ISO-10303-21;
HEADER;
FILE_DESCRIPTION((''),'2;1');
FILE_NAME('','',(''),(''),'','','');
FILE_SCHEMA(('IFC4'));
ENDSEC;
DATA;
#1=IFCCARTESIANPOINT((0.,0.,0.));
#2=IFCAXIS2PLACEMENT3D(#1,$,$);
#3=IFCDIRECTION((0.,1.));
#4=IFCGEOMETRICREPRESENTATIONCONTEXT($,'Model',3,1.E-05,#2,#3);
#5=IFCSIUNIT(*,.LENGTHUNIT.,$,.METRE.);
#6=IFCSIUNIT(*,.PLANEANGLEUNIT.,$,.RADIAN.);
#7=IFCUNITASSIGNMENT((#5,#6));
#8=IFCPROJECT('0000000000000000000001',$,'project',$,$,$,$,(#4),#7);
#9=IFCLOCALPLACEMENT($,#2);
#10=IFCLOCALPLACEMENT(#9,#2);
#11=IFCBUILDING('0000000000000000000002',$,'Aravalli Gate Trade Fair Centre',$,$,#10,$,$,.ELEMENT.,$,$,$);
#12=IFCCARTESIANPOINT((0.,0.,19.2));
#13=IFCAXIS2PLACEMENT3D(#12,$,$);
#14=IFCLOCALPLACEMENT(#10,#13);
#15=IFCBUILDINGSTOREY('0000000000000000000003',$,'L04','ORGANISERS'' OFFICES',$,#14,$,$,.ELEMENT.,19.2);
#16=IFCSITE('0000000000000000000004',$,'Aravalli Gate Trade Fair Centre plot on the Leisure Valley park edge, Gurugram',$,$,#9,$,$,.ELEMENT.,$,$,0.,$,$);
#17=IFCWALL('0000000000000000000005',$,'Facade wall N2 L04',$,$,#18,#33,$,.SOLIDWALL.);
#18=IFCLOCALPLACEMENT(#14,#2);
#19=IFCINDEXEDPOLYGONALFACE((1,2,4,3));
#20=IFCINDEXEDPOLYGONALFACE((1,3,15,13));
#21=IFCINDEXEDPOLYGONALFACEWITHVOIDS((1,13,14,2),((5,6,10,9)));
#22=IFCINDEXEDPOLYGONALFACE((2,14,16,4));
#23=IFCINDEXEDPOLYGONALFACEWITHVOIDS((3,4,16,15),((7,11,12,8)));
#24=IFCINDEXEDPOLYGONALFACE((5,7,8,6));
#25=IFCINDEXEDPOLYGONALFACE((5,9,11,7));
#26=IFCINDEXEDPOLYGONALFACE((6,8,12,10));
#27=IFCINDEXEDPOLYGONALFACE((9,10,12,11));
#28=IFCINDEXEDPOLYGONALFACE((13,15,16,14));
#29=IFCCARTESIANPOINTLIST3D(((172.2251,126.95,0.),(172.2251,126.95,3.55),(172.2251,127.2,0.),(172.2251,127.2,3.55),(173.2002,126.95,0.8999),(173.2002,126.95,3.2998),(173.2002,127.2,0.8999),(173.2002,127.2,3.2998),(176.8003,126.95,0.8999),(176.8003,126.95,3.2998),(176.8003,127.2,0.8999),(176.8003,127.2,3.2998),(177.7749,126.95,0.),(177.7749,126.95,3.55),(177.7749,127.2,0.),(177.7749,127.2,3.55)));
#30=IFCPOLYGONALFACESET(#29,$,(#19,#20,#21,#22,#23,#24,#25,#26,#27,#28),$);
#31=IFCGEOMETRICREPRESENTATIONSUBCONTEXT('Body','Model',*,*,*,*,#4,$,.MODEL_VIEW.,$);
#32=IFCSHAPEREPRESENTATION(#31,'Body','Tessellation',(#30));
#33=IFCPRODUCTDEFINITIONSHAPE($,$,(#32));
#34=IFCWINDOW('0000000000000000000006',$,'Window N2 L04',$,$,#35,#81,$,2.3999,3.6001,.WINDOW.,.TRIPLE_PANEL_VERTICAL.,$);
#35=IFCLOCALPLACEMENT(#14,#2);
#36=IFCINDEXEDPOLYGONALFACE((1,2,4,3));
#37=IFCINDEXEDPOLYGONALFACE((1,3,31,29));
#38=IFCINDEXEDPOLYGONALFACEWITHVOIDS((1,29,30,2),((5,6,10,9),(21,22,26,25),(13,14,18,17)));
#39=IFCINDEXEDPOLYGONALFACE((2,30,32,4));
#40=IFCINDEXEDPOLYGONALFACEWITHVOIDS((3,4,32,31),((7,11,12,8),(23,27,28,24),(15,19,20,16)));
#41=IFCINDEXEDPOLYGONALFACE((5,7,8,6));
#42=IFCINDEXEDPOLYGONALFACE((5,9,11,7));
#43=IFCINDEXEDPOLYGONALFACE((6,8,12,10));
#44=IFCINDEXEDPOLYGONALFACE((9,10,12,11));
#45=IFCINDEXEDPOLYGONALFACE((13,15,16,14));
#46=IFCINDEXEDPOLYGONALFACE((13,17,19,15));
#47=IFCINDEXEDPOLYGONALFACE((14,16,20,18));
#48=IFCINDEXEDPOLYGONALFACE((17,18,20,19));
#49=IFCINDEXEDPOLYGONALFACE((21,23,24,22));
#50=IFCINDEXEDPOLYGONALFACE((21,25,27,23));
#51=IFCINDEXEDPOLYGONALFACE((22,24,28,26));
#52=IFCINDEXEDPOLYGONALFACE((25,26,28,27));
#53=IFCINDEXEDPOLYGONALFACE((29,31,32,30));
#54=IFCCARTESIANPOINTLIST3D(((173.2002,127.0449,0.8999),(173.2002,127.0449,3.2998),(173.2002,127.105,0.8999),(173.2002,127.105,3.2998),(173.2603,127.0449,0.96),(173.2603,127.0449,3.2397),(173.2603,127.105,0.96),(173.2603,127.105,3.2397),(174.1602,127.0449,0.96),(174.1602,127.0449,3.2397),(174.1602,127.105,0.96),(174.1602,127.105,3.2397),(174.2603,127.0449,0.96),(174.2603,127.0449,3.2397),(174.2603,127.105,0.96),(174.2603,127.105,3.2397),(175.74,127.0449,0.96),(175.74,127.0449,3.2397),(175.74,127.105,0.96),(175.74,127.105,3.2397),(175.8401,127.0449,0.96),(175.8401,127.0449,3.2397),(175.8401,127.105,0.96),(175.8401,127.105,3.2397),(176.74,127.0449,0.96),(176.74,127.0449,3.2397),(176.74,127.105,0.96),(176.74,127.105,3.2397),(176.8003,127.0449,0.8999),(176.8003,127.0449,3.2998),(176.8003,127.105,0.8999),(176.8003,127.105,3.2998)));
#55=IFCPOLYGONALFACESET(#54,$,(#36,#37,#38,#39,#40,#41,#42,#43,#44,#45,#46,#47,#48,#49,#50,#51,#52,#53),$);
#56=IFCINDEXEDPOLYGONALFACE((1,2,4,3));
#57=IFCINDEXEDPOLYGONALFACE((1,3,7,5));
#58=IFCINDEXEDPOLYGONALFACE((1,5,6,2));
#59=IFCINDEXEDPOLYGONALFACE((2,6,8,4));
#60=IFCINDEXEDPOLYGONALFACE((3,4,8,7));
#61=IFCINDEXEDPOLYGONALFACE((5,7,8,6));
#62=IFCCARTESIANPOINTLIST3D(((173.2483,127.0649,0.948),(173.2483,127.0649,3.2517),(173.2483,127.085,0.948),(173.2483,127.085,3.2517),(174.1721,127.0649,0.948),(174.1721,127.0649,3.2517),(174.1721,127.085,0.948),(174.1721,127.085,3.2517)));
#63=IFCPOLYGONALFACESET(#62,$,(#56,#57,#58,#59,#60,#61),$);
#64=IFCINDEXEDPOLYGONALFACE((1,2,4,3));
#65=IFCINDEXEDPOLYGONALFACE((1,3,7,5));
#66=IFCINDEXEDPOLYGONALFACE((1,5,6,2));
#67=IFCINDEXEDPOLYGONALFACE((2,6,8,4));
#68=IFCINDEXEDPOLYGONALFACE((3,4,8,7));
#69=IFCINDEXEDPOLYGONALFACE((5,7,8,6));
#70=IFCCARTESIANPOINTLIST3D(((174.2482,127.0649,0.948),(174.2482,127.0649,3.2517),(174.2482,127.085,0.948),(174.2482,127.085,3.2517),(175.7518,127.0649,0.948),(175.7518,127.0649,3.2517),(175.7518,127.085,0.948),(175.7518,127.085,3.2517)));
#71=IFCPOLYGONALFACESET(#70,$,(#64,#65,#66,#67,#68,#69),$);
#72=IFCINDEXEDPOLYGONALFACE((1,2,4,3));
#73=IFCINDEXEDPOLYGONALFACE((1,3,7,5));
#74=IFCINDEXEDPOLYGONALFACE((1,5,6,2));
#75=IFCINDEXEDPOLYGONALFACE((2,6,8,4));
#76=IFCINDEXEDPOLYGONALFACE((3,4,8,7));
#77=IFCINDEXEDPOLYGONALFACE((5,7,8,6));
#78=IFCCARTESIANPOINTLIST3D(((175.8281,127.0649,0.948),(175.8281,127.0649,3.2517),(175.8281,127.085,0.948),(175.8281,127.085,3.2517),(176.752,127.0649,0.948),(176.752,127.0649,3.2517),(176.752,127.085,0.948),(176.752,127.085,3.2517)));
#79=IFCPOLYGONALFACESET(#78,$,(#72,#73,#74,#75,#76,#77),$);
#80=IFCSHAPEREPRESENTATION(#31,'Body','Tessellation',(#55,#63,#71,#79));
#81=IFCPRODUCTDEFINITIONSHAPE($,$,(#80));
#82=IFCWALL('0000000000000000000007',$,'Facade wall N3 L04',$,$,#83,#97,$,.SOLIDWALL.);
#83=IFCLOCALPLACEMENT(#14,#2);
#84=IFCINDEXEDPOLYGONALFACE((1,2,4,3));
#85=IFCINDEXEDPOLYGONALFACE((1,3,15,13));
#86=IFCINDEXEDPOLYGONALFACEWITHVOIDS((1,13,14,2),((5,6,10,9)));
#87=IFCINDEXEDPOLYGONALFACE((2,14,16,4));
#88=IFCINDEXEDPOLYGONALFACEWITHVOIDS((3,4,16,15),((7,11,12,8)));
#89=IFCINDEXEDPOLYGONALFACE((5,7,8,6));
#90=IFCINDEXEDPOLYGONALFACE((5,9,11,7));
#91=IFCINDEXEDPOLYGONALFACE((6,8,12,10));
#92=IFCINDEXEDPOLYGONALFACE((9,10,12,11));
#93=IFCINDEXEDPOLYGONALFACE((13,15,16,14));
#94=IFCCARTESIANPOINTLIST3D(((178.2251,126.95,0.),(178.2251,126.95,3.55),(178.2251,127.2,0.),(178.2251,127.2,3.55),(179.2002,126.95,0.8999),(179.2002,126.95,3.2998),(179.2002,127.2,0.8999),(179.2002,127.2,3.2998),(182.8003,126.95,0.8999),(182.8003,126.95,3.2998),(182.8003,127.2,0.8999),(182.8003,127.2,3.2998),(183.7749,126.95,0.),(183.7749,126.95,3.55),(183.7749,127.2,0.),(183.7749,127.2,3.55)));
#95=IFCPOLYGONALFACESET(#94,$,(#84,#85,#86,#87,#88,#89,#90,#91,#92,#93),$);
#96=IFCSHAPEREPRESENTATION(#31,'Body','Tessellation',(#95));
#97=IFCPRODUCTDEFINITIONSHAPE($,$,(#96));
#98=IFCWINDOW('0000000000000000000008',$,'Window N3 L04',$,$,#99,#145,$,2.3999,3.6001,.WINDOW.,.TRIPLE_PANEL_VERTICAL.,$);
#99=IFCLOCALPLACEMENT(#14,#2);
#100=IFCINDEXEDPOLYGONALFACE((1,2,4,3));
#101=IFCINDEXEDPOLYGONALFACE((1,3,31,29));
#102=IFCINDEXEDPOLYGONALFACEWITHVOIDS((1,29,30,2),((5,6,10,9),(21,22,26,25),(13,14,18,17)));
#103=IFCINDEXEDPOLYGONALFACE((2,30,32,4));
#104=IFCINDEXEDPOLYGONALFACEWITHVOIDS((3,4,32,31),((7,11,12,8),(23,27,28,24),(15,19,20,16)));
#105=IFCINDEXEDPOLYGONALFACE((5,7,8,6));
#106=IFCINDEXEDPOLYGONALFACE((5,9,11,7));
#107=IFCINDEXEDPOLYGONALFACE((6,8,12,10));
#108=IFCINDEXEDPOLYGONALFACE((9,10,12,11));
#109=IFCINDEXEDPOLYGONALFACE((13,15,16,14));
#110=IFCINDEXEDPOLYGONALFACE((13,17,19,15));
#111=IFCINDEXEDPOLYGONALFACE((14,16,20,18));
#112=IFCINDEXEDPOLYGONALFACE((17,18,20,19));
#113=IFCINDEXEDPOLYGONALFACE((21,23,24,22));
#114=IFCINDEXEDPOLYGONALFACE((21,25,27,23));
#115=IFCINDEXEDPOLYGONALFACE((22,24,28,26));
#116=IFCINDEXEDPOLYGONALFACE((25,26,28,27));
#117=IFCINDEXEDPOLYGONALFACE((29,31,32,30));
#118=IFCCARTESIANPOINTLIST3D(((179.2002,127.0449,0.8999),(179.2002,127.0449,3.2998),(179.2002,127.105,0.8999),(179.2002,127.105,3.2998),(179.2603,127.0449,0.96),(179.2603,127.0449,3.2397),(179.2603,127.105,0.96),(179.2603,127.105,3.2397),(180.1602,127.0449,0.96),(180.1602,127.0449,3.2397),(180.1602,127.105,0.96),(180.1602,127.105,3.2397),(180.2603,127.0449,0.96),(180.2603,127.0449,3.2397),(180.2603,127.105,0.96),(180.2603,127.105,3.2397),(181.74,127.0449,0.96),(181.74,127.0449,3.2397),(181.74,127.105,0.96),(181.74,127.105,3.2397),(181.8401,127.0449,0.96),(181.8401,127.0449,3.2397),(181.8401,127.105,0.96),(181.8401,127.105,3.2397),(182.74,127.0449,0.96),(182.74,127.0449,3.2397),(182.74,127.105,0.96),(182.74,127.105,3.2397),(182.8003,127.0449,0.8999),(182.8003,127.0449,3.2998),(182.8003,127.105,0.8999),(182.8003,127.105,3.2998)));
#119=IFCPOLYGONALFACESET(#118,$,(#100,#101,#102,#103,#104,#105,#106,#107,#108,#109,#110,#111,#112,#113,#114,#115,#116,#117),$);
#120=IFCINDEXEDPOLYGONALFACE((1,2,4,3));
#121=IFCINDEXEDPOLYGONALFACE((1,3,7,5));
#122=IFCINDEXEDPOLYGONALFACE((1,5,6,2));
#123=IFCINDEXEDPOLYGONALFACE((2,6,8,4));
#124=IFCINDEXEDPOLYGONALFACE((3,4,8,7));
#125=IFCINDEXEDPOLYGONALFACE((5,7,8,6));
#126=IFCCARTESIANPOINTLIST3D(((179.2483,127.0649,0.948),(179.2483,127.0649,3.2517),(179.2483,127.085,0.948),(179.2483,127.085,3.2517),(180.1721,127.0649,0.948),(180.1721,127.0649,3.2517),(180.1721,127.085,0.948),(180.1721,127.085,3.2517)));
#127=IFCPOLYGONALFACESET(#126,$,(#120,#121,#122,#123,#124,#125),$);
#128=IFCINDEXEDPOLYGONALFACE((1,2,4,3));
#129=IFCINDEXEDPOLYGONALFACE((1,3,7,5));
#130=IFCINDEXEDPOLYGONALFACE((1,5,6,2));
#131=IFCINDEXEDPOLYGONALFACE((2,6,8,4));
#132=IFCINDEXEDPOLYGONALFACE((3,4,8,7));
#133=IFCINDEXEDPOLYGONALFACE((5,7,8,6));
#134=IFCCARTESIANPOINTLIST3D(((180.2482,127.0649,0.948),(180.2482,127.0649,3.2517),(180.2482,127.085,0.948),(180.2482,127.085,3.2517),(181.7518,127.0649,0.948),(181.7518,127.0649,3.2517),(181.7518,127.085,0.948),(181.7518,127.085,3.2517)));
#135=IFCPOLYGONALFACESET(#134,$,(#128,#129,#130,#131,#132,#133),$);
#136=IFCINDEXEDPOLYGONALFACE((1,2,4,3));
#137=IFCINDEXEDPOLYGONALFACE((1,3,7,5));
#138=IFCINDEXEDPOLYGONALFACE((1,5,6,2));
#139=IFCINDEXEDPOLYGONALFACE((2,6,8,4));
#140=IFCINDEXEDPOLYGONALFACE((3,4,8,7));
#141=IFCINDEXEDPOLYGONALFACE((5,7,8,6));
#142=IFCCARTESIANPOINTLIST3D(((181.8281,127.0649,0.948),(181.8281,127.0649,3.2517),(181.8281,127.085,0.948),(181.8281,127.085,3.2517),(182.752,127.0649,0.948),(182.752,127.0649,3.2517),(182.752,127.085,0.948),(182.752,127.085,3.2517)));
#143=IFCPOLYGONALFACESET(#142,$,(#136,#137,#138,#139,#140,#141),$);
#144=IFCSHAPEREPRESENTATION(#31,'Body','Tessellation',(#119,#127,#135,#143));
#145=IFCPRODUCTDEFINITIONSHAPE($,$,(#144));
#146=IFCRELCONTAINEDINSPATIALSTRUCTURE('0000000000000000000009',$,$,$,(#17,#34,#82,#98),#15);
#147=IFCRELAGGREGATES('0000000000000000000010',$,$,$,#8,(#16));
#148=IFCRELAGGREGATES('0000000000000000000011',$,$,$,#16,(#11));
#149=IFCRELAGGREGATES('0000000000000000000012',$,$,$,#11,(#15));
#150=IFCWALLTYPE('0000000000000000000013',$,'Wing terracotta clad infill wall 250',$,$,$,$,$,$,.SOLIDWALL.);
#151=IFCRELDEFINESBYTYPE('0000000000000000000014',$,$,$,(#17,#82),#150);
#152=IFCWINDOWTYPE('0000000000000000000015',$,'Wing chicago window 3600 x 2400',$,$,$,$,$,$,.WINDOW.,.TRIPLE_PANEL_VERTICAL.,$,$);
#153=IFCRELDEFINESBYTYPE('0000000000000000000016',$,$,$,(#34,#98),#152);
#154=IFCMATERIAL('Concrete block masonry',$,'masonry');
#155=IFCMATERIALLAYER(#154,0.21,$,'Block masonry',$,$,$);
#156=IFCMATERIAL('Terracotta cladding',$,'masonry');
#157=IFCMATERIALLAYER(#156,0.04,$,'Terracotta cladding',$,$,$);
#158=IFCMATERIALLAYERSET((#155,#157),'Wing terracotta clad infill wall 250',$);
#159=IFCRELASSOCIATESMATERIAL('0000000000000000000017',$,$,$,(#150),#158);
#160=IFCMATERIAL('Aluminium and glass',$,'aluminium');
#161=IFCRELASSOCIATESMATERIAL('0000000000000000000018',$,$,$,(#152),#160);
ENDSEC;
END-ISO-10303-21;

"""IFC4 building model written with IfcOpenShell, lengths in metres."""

from ifc_helpers import new_model, si_unit, direction, frame, frame_2d, origin, place, context, subcontext, project, spatial, polyline, rectangle, outline, extrude, material, layer, layer_set, type_object, element, fill, save


model = new_model("IFC4")

# Units and contexts
model_context = context("Model", 3, precision=1e-05, world=origin(), true_north=direction((0.0, 1.0)))
body_context = subcontext(model_context, "Body", "Model", "MODEL_VIEW")
ifc_project = project(units=[si_unit("LENGTHUNIT", "METRE"), si_unit("PLANEANGLEUNIT", "RADIAN")], contexts=[model_context])

# Site, building, storey
site_placement = place(None, origin())
site = spatial("IfcSite", under=ifc_project, at=site_placement, Name="Aravalli Gate Trade Fair Centre plot on the Leisure Valley park edge, Gurugram", CompositionType="ELEMENT", RefElevation=0.0)
building_placement = place(site_placement, origin())
building = spatial("IfcBuilding", under=site, at=building_placement, Name="Aravalli Gate Trade Fair Centre", CompositionType="ELEMENT")
storey_placement = place(building_placement, frame((0.0, 0.0, 19.2)))
storey = spatial("IfcBuildingStorey", under=building, at=storey_placement, Name="L04", Description="ORGANISERS' OFFICES", CompositionType="ELEMENT", Elevation=19.2)

# Shared definitions
ifc_material_1 = material(Name="Aluminium and glass", Category="aluminium")

# Walls, openings, windows
ifc_material_2 = material(Name="Concrete block masonry", Category="masonry")
ifc_layer_1 = layer(ifc_material_2, 0.21, Name="Block masonry")
ifc_material_3 = material(Name="Terracotta cladding", Category="masonry")
ifc_layer_2 = layer(ifc_material_3, 0.04, Name="Terracotta cladding")
ifc_layer_set_1 = layer_set([ifc_layer_1, ifc_layer_2], Name="Wing terracotta clad infill wall 250")
wall_type_1 = type_object("IfcWallType", Name="Wing terracotta clad infill wall 250", PredefinedType="SOLIDWALL", material=ifc_layer_set_1)
wall_1_placement = place(storey_placement, frame((172.2251, 127.075, 0.0), z_axis=(0.0, 0.0, 1.0), x_axis=(1.0, 0.0, 0.0)))
wall_1 = element("IfcWall", 1, at=wall_1_placement, inside=storey, type_object=wall_type_1, Name="Facade wall N2 L04", PredefinedType="SOLIDWALL", context=body_context, shape_type="SweptSolid", body=[
    extrude(rectangle(XDim=5.5498, YDim=0.25, at=frame_2d((2.7749, 0.0))), origin(), (0.0, 0.0, 1.0), 3.55),
])
opening_1_placement = place(wall_1_placement, frame((0.9751, 0.0, 0.8999)))
opening_1 = element("IfcOpeningElement", 2, at=opening_1_placement, cuts=wall_1, PredefinedType="OPENING", context=body_context, shape_type="SweptSolid", body=[
    extrude(rectangle(XDim=3.6001, YDim=2.3999, at=frame_2d((1.8, 1.2))), frame((0.0, 0.135, 0.0), z_axis=(0.0, -1.0, 0.0), x_axis=(1.0, 0.0, 0.0)), (0.0, 0.0, 1.0), 0.27),
])
window_type_1 = type_object("IfcWindowType", Name="Wing chicago window 3600 x 2400", PartitioningType="TRIPLE_PANEL_VERTICAL", PredefinedType="WINDOW", material=ifc_material_1)
window_1_placement = place(opening_1_placement, origin())
window_1 = element("IfcWindow", 3, at=window_1_placement, inside=storey, type_object=window_type_1, Name="Window N2 L04", OverallHeight=2.3999, OverallWidth=3.6001, PartitioningType="TRIPLE_PANEL_VERTICAL", PredefinedType="WINDOW", context=body_context, shape_type="SweptSolid", body=[
    extrude(outline(polyline([(0.0, 0.0), (3.6001, 0.0), (3.6001, 2.3999), (0.0, 2.3999), (0.0, 0.0)]), holes=[polyline([(0.0601, 0.0601), (0.96, 0.0601), (0.96, 2.3398), (0.0601, 2.3398), (0.0601, 0.0601)]), polyline([(1.0601, 0.0601), (2.5398, 0.0601), (2.5398, 2.3398), (1.0601, 2.3398), (1.0601, 0.0601)]), polyline([(2.6399, 0.0601), (3.5398, 0.0601), (3.5398, 2.3398), (2.6399, 2.3398), (2.6399, 0.0601)])]), frame((0.0, 0.03, 0.0), z_axis=(0.0, -1.0, 0.0), x_axis=(1.0, 0.0, 0.0)), (0.0, 0.0, 1.0), 0.0601),
    extrude(rectangle(XDim=0.9238, YDim=2.3037, at=frame_2d((0.51, 1.2))), frame((0.0, 0.01, 0.0), z_axis=(0.0, -1.0, 0.0), x_axis=(1.0, 0.0, 0.0)), (0.0, 0.0, 1.0), 0.02),
    extrude(rectangle(XDim=1.5037, YDim=2.3037, at=frame_2d((1.7998, 1.2))), frame((0.0, 0.01, 0.0), z_axis=(0.0, -1.0, 0.0), x_axis=(1.0, 0.0, 0.0)), (0.0, 0.0, 1.0), 0.02),
    extrude(rectangle(XDim=0.9238, YDim=2.3037, at=frame_2d((3.0898, 1.2))), frame((0.0, 0.01, 0.0), z_axis=(0.0, -1.0, 0.0), x_axis=(1.0, 0.0, 0.0)), (0.0, 0.0, 1.0), 0.02),
])
fill(opening_1, window_1)
wall_2_placement = place(storey_placement, frame((178.2251, 127.075, 0.0), z_axis=(0.0, 0.0, 1.0), x_axis=(1.0, 0.0, 0.0)))
wall_2 = element("IfcWall", 4, at=wall_2_placement, inside=storey, type_object=wall_type_1, Name="Facade wall N3 L04", PredefinedType="SOLIDWALL", context=body_context, shape_type="SweptSolid", body=[
    extrude(rectangle(XDim=5.5498, YDim=0.25, at=frame_2d((2.7749, 0.0))), origin(), (0.0, 0.0, 1.0), 3.55),
])
opening_2_placement = place(wall_2_placement, frame((0.9751, 0.0, 0.8999)))
opening_2 = element("IfcOpeningElement", 5, at=opening_2_placement, cuts=wall_2, PredefinedType="OPENING", context=body_context, shape_type="SweptSolid", body=[
    extrude(rectangle(XDim=3.6001, YDim=2.3999, at=frame_2d((1.8, 1.2))), frame((0.0, 0.135, 0.0), z_axis=(0.0, -1.0, 0.0), x_axis=(1.0, 0.0, 0.0)), (0.0, 0.0, 1.0), 0.27),
])
window_2_placement = place(opening_2_placement, origin())
window_2 = element("IfcWindow", 6, at=window_2_placement, inside=storey, type_object=window_type_1, Name="Window N3 L04", OverallHeight=2.3999, OverallWidth=3.6001, PartitioningType="TRIPLE_PANEL_VERTICAL", PredefinedType="WINDOW", context=body_context, shape_type="SweptSolid", body=[
    extrude(outline(polyline([(0.0, 0.0), (3.6001, 0.0), (3.6001, 2.3999), (0.0, 2.3999), (0.0, 0.0)]), holes=[polyline([(0.0601, 0.0601), (0.96, 0.0601), (0.96, 2.3398), (0.0601, 2.3398), (0.0601, 0.0601)]), polyline([(1.0601, 0.0601), (2.5398, 0.0601), (2.5398, 2.3398), (1.0601, 2.3398), (1.0601, 0.0601)]), polyline([(2.6399, 0.0601), (3.5398, 0.0601), (3.5398, 2.3398), (2.6399, 2.3398), (2.6399, 0.0601)])]), frame((0.0, 0.03, 0.0), z_axis=(0.0, -1.0, 0.0), x_axis=(1.0, 0.0, 0.0)), (0.0, 0.0, 1.0), 0.0601),
    extrude(rectangle(XDim=0.9238, YDim=2.3037, at=frame_2d((0.51, 1.2))), frame((0.0, 0.01, 0.0), z_axis=(0.0, -1.0, 0.0), x_axis=(1.0, 0.0, 0.0)), (0.0, 0.0, 1.0), 0.02),
    extrude(rectangle(XDim=1.5037, YDim=2.3037, at=frame_2d((1.7998, 1.2))), frame((0.0, 0.01, 0.0), z_axis=(0.0, -1.0, 0.0), x_axis=(1.0, 0.0, 0.0)), (0.0, 0.0, 1.0), 0.02),
    extrude(rectangle(XDim=0.9238, YDim=2.3037, at=frame_2d((3.0898, 1.2))), frame((0.0, 0.01, 0.0), z_axis=(0.0, -1.0, 0.0), x_axis=(1.0, 0.0, 0.0)), (0.0, 0.0, 1.0), 0.02),
])
fill(opening_2, window_2)

save(model, "model.ifc")
